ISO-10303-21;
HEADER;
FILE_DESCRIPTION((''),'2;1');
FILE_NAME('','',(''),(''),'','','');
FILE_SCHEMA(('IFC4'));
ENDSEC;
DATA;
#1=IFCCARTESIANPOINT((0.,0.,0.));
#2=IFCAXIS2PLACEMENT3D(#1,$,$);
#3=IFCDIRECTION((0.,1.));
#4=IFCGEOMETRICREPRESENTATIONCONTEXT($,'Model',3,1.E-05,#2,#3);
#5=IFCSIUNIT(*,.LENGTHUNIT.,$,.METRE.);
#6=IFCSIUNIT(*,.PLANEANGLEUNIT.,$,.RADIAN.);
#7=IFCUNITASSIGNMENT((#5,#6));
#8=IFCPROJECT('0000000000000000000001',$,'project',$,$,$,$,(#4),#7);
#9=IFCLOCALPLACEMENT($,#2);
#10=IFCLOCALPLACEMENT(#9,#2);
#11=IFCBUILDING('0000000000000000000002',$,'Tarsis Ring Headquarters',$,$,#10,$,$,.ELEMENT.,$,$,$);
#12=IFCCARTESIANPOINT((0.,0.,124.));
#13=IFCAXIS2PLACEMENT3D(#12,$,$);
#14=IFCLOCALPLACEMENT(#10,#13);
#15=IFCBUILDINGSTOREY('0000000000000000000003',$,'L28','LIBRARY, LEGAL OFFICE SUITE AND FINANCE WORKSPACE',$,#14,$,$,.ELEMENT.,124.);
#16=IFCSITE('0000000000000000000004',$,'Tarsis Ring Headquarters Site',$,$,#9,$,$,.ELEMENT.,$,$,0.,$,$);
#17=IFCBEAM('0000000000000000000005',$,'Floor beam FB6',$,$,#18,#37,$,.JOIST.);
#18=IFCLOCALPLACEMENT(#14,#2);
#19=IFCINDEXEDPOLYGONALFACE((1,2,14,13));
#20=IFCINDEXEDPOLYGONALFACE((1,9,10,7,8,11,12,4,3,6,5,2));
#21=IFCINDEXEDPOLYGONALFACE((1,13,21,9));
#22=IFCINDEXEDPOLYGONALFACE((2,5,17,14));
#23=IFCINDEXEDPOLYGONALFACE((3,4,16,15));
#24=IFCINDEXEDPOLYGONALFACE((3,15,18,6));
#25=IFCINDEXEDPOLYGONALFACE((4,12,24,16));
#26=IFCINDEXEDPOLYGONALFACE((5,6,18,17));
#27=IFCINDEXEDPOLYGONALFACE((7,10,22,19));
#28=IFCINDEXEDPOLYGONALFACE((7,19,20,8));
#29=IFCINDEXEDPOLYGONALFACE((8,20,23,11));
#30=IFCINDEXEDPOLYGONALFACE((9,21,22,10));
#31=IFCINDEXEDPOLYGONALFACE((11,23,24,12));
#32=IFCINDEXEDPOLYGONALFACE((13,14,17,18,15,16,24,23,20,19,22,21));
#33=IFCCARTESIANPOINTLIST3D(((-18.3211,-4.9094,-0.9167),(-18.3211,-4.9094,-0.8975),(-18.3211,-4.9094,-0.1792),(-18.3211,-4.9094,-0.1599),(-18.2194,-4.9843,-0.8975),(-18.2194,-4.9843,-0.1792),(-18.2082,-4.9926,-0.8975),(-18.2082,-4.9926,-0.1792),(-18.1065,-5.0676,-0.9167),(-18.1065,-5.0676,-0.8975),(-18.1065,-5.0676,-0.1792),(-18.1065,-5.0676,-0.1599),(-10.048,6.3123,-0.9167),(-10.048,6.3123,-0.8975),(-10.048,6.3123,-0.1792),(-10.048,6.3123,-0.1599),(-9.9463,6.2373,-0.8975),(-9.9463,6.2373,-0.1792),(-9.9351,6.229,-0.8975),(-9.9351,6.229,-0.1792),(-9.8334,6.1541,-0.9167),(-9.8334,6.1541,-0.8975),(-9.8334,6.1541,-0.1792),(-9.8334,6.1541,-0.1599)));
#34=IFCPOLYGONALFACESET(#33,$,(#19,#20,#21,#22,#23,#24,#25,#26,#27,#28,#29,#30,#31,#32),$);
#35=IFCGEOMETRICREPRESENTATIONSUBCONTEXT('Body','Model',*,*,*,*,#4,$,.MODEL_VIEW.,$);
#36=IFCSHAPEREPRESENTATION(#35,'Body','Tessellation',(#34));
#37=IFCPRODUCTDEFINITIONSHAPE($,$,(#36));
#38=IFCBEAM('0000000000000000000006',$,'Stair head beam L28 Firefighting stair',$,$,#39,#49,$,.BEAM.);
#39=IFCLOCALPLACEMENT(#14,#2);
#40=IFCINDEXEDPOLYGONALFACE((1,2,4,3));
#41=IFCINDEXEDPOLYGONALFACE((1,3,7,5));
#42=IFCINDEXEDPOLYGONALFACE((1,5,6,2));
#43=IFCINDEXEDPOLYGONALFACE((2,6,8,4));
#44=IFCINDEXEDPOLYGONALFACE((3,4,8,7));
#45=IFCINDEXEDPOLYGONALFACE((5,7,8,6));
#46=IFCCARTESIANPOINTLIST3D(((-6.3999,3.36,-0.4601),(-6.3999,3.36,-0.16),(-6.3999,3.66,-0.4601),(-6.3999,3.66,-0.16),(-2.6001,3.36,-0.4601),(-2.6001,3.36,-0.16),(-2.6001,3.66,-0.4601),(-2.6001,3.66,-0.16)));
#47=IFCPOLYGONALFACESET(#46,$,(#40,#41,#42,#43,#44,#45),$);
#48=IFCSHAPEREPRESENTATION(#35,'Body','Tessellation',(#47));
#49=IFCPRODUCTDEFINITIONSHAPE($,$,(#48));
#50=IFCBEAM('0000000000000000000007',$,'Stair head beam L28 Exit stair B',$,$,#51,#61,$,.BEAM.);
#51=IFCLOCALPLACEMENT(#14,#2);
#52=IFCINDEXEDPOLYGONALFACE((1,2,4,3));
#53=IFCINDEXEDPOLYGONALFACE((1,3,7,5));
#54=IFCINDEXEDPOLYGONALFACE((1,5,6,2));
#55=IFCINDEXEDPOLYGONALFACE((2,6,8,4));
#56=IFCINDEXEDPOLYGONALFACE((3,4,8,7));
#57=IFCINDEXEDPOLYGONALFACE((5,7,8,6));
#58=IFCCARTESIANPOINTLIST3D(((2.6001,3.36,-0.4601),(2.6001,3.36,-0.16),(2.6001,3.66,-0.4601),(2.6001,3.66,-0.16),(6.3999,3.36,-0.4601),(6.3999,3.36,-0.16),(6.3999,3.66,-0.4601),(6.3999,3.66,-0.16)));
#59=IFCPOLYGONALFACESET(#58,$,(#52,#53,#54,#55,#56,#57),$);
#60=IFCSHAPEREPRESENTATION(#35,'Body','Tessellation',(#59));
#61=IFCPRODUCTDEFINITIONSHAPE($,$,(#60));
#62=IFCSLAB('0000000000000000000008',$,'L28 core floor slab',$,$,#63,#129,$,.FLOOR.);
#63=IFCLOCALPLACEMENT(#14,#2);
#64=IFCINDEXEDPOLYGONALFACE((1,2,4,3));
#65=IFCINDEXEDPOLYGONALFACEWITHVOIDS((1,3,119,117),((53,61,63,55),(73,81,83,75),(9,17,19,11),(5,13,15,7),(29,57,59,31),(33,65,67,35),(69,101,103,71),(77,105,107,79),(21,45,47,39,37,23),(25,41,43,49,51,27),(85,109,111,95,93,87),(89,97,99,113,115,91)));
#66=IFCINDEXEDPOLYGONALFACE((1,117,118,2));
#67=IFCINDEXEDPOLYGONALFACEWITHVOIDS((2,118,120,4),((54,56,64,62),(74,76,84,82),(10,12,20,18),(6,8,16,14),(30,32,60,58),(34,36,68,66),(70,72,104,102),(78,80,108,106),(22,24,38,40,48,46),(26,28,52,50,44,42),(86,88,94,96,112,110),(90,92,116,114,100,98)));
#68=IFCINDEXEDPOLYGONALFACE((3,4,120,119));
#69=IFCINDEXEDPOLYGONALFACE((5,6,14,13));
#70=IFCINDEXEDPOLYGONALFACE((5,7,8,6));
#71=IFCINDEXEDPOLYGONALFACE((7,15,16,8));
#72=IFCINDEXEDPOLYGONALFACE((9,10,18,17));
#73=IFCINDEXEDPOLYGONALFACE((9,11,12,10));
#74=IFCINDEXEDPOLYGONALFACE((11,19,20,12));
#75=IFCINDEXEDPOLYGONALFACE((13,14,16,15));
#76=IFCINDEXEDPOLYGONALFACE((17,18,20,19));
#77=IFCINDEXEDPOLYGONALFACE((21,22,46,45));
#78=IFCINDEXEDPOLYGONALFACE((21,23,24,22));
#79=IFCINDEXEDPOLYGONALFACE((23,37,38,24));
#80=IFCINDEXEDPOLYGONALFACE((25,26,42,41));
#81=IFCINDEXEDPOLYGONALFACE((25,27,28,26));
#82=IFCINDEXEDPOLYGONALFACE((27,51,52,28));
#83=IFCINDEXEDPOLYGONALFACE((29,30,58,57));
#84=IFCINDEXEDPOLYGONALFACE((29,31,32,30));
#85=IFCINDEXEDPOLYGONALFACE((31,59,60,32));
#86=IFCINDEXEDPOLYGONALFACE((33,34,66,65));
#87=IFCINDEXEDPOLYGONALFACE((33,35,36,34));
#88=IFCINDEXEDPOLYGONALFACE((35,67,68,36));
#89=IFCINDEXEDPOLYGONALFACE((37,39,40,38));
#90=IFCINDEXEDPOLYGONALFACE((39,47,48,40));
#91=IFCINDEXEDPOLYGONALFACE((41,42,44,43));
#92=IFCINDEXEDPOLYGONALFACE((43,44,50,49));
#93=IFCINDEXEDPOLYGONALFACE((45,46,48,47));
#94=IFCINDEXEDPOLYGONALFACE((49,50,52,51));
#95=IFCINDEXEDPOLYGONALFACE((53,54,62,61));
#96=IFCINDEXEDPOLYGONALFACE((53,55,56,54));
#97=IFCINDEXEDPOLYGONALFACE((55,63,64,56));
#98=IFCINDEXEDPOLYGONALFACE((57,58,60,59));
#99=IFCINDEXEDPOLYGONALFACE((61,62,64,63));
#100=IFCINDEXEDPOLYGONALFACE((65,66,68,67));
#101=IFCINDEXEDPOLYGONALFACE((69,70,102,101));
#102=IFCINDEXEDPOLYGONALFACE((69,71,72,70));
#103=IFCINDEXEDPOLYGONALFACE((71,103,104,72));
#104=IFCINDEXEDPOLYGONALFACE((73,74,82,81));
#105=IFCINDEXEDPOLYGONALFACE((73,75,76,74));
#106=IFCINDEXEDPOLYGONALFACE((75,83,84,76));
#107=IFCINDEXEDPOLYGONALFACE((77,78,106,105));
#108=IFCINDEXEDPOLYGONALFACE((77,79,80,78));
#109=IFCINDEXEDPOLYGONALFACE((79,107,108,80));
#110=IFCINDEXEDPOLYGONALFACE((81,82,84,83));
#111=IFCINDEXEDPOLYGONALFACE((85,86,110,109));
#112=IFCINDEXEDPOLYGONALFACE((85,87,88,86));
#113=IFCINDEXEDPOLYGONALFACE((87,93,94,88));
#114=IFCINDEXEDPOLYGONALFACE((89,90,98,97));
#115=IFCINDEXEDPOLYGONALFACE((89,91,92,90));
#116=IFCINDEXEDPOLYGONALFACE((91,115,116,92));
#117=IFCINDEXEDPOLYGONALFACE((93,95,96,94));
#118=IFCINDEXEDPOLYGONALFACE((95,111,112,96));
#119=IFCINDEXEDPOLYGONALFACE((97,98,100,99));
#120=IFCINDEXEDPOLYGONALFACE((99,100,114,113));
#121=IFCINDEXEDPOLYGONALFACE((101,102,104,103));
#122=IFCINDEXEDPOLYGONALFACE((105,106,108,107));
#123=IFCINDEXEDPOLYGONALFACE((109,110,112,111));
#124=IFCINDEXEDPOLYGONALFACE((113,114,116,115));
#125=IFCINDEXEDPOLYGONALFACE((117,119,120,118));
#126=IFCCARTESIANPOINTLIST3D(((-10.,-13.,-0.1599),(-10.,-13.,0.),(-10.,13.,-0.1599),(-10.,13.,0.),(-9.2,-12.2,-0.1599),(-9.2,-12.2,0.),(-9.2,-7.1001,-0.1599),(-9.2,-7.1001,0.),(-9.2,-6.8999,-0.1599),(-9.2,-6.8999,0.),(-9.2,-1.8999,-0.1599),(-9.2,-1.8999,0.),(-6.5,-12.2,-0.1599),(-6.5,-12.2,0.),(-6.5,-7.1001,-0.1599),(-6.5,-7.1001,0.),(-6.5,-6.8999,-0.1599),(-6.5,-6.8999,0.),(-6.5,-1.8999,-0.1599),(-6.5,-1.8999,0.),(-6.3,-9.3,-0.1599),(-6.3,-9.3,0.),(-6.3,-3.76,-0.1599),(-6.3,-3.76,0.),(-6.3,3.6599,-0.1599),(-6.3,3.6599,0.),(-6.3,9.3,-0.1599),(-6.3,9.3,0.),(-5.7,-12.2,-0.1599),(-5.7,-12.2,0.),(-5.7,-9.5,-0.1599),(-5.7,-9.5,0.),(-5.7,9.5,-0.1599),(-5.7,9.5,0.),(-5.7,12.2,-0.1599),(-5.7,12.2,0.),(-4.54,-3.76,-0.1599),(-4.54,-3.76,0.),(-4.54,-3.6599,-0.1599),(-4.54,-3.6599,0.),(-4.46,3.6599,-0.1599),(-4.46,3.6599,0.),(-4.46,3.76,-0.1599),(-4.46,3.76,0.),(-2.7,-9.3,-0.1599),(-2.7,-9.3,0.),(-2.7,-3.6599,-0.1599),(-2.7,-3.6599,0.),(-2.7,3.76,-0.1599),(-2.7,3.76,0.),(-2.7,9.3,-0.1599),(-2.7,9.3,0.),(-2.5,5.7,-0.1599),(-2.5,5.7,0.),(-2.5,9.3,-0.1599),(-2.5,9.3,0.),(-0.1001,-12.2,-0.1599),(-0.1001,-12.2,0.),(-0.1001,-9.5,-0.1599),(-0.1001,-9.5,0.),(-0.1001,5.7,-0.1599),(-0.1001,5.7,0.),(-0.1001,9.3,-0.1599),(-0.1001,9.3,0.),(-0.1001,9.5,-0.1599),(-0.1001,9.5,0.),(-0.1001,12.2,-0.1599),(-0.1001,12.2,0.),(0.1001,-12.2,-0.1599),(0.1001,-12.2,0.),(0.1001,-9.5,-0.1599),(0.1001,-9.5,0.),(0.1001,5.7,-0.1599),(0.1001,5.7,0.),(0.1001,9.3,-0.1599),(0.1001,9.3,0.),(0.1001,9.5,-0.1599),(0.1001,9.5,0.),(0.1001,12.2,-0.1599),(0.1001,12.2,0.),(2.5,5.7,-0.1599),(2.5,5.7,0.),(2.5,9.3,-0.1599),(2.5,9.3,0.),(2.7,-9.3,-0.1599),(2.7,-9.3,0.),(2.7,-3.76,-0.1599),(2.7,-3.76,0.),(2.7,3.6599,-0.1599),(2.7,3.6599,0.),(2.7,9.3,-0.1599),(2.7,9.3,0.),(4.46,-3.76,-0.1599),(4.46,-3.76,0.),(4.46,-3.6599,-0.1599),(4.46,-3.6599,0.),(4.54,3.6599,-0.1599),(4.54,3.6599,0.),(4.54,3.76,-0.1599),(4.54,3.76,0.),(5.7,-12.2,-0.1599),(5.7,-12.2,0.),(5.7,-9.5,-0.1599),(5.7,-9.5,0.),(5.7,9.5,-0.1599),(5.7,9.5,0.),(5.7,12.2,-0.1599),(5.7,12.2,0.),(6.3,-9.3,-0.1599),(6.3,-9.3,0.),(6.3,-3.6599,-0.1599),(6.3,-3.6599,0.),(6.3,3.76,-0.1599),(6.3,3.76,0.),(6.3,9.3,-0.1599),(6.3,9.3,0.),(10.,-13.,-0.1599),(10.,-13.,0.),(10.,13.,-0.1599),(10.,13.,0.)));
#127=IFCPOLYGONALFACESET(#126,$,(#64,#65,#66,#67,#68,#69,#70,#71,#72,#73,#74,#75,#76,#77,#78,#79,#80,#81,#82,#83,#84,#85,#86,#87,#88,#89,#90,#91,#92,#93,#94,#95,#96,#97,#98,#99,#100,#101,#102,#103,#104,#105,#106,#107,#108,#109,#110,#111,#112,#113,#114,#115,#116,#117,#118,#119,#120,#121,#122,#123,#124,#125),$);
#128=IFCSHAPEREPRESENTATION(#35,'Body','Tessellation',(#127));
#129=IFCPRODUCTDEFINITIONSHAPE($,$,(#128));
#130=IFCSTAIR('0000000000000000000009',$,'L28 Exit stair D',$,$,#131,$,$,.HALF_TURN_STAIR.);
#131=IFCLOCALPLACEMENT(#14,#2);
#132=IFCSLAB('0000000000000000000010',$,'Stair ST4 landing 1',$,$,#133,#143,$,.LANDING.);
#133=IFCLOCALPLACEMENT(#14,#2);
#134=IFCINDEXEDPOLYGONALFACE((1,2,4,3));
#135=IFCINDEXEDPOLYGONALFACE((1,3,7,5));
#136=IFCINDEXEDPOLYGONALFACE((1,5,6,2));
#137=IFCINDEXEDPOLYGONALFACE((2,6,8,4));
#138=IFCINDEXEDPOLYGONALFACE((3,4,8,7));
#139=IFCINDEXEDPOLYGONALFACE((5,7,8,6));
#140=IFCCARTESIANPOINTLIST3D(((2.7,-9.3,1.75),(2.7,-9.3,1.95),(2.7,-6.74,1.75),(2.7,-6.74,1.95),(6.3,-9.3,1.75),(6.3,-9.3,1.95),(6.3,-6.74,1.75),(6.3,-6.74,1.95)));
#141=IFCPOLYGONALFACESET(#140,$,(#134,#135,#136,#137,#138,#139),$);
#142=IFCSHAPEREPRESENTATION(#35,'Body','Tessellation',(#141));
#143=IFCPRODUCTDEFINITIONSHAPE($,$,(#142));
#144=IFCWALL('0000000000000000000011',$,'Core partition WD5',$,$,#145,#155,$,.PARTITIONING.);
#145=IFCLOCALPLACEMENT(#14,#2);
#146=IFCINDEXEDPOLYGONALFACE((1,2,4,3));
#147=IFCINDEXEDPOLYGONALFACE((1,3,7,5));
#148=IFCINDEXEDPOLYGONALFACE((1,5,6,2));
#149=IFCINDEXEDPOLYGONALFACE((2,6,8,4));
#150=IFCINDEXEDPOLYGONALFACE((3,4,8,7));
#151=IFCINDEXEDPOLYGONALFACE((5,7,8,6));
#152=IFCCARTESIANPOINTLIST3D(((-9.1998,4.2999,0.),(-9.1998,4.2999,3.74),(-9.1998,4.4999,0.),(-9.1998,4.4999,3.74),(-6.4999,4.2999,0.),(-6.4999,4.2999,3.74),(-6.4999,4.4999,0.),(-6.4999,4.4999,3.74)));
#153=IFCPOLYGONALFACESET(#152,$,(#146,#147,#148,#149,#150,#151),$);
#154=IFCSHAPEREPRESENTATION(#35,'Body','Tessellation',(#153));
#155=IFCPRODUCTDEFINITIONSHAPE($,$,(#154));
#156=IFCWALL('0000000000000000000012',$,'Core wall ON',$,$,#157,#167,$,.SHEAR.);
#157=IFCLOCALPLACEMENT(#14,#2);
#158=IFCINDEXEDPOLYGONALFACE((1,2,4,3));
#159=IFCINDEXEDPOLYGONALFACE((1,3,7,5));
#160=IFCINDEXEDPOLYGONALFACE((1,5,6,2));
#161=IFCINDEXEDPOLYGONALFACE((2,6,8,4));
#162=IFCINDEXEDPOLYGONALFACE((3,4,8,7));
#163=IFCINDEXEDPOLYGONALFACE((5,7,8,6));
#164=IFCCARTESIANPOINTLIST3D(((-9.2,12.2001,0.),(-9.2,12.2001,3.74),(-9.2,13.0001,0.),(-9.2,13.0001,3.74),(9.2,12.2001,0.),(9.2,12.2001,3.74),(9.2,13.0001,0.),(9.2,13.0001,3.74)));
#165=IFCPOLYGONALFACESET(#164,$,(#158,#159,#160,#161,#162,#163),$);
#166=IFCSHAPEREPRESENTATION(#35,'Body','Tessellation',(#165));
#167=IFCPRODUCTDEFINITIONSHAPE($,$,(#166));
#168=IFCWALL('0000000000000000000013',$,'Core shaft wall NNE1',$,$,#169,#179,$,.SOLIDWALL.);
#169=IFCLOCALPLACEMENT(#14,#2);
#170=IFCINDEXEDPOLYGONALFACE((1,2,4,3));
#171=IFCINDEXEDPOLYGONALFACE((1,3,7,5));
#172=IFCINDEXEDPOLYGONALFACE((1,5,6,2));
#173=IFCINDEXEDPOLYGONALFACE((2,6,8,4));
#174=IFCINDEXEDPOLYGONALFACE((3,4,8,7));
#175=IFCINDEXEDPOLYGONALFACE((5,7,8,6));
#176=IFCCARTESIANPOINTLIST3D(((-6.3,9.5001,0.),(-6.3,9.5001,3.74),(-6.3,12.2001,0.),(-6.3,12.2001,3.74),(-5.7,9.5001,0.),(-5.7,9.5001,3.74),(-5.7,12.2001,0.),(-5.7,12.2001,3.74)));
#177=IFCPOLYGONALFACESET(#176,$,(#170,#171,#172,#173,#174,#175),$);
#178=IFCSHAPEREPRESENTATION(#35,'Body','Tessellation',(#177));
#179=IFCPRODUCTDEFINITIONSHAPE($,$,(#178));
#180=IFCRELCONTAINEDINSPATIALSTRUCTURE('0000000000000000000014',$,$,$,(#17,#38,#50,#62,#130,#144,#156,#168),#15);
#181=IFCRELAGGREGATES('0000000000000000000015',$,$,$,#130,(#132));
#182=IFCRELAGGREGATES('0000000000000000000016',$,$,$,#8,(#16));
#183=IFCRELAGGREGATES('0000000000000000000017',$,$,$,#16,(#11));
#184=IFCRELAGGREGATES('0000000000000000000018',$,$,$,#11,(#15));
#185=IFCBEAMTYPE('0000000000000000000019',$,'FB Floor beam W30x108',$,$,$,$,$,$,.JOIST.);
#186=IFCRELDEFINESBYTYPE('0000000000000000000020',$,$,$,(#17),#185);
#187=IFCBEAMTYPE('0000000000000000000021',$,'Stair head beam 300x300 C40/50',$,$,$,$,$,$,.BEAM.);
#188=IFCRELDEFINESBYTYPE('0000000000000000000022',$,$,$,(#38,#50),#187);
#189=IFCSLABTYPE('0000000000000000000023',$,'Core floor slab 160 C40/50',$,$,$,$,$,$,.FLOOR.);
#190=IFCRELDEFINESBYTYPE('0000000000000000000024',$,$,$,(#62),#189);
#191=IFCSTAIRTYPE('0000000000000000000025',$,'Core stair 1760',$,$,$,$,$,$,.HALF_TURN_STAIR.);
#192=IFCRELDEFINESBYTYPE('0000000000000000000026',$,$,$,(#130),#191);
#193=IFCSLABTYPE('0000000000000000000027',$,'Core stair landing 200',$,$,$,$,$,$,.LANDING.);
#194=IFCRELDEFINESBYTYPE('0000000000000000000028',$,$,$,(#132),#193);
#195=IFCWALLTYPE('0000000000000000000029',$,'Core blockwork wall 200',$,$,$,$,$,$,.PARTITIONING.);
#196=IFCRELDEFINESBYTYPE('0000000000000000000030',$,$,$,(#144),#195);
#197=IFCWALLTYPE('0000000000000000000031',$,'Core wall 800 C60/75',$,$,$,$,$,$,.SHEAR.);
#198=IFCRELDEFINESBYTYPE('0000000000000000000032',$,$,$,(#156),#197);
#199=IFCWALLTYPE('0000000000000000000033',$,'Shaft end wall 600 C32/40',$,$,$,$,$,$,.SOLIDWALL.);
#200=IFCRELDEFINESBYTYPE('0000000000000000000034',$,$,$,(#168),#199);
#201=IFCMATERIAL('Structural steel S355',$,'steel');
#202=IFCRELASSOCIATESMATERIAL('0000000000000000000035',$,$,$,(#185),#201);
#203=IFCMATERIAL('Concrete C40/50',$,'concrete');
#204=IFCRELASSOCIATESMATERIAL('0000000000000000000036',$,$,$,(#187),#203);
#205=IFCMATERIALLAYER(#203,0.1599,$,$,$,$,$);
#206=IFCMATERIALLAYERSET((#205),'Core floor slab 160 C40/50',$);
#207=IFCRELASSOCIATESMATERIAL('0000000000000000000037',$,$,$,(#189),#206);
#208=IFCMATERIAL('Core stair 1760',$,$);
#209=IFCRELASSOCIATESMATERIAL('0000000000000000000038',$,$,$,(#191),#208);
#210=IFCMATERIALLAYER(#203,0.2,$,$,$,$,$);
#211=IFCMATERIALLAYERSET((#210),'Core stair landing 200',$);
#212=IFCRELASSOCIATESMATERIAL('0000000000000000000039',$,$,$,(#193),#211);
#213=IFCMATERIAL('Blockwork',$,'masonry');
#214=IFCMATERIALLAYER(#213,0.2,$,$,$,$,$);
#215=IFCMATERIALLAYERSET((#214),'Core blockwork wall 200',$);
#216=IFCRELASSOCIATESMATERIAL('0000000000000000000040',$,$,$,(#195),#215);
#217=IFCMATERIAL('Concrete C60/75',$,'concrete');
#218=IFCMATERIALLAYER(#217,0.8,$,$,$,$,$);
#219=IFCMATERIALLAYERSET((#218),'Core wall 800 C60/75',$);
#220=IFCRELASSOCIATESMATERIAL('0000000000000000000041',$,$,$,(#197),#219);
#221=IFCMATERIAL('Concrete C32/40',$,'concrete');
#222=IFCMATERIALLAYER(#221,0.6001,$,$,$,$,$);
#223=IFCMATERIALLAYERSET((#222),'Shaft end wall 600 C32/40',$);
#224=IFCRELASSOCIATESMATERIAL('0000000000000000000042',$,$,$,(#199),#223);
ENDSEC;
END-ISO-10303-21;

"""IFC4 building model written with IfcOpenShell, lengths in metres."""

from ifc_helpers import new_model, si_unit, direction, frame, frame_2d, origin, origin_2d, place, context, subcontext, project, spatial, polyline, rectangle, i_section, outline, extrude, material, layer, layer_set, material_profile, profile_set, type_object, element, aggregate, save


model = new_model("IFC4")

# Units and contexts
model_context = context("Model", 3, precision=1e-05, world=origin(), true_north=direction((0.0, 1.0)))
body_context = subcontext(model_context, "Body", "Model", "MODEL_VIEW")
ifc_project = project(units=[si_unit("LENGTHUNIT", "METRE"), si_unit("PLANEANGLEUNIT", "RADIAN")], contexts=[model_context])

# Site, building, storey
site_placement = place(None, origin())
site = spatial("IfcSite", under=ifc_project, at=site_placement, Name="Tarsis Ring Headquarters Site", CompositionType="ELEMENT", RefElevation=0.0)
building_placement = place(site_placement, origin())
building = spatial("IfcBuilding", under=site, at=building_placement, Name="Tarsis Ring Headquarters", CompositionType="ELEMENT")
storey_placement = place(building_placement, frame((0.0, 0.0, 124.0)))
storey = spatial("IfcBuildingStorey", under=building, at=storey_placement, Name="L28", Description="LIBRARY, LEGAL OFFICE SUITE AND FINANCE WORKSPACE", CompositionType="ELEMENT", Elevation=124.0)

# Beams
ifc_material_1 = material(Name="Structural steel S355", Category="steel")
ifc_material_profile_1 = material_profile(ifc_material_1, i_section(OverallWidth=0.2666, OverallDepth=0.7568, WebThickness=0.0139, FlangeThickness=0.0193, at=origin_2d()), Name="W30x108")
ifc_profile_set_1 = profile_set([ifc_material_profile_1], Name="Structural steel S355")
beam_type_1 = type_object("IfcBeamType", Name="FB Floor beam W30x108", PredefinedType="JOIST", material=ifc_profile_set_1)
beam_placement = place(storey_placement, frame((-9.9407, 6.2332, -0.5383), z_axis=(-0.593412, -0.804899, 0.0), x_axis=(0.804899, -0.593412, 0.0)))
element("IfcBeam", 1, at=beam_placement, inside=storey, type_object=beam_type_1, Name="Floor beam FB6", PredefinedType="JOIST", context=body_context, shape_type="SweptSolid", body=[
    extrude(i_section(OverallWidth=0.2666, OverallDepth=0.7568, WebThickness=0.0139, FlangeThickness=0.0193, at=origin_2d()), origin(), (0.0, 0.0, 1.0), 13.9417),
])
ifc_material_2 = material(Name="Concrete C40/50", Category="concrete")
ifc_material_profile_2 = material_profile(ifc_material_2, rectangle(XDim=0.3, YDim=0.3, at=origin_2d()), Name="Stair head beam 300x300 C40/50")
ifc_profile_set_2 = profile_set([ifc_material_profile_2], Name="Concrete C40/50")
beam_type_2 = type_object("IfcBeamType", Name="Stair head beam 300x300 C40/50", PredefinedType="BEAM", material=ifc_profile_set_2)
for number, where, z_axis, x_axis, name in (
    (2, (-6.3999, 3.51, -0.3101), (1.0, 0.0, 0.0), (0.0, 1.0, 0.0), "Stair head beam L28 Firefighting stair"),
    (3, (2.6001, 3.51, -0.3101), (1.0, 0.0, 0.0), (0.0, 1.0, 0.0), "Stair head beam L28 Exit stair B"),
):
    element("IfcBeam", number, at=place(storey_placement, frame(where, z_axis=z_axis, x_axis=x_axis)), inside=storey, type_object=beam_type_2, Name=name, PredefinedType="BEAM", context=body_context, shape_type="SweptSolid", body=[
        extrude(rectangle(XDim=0.3, YDim=0.3, at=origin_2d()), origin(), (0.0, 0.0, 1.0), 3.7998),
    ])

# Slab
ifc_layer_1 = layer(ifc_material_2, 0.1599)
ifc_layer_set_1 = layer_set([ifc_layer_1], Name="Core floor slab 160 C40/50")
slab_type_1 = type_object("IfcSlabType", Name="Core floor slab 160 C40/50", PredefinedType="FLOOR", material=ifc_layer_set_1)
slab_1_placement = place(storey_placement, frame((0.0, 0.0, -0.1599)))
element("IfcSlab", 4, at=slab_1_placement, inside=storey, type_object=slab_type_1, Name="L28 core floor slab", PredefinedType="FLOOR", context=body_context, shape_type="SweptSolid", body=[
    extrude(outline(polyline([(-10.0, -13.0), (10.0, -13.0), (10.0, 13.0), (-10.0, 13.0), (-10.0, -13.0)]), holes=[polyline([(-2.5, 5.7), (-0.1001, 5.7), (-0.1001, 9.3), (-2.5, 9.3), (-2.5, 5.7)]), polyline([(0.1001, 5.7), (2.5, 5.7), (2.5, 9.3), (0.1001, 9.3), (0.1001, 5.7)]), polyline([(-9.2, -12.2), (-6.5, -12.2), (-6.5, -7.1001), (-9.2, -7.1001), (-9.2, -12.2)]), polyline([(-9.2, -6.8999), (-6.5, -6.8999), (-6.5, -1.8999), (-9.2, -1.8999), (-9.2, -6.8999)]), polyline([(-5.7, 9.5), (-0.1001, 9.5), (-0.1001, 12.2), (-5.7, 12.2), (-5.7, 9.5)]), polyline([(0.1001, 9.5), (5.7, 9.5), (5.7, 12.2), (0.1001, 12.2), (0.1001, 9.5)]), polyline([(-5.7, -12.2), (-0.1001, -12.2), (-0.1001, -9.5), (-5.7, -9.5), (-5.7, -12.2)]), polyline([(0.1001, -12.2), (5.7, -12.2), (5.7, -9.5), (0.1001, -9.5), (0.1001, -12.2)]), polyline([(-2.7, 3.76), (-2.7, 9.3), (-6.3, 9.3), (-6.3, 3.6599), (-4.46, 3.6599), (-4.46, 3.76), (-2.7, 3.76)]), polyline([(6.3, 3.76), (6.3, 9.3), (2.7, 9.3), (2.7, 3.6599), (4.54, 3.6599), (4.54, 3.76), (6.3, 3.76)]), polyline([(-6.3, -3.76), (-6.3, -9.3), (-2.7, -9.3), (-2.7, -3.6599), (-4.54, -3.6599), (-4.54, -3.76), (-6.3, -3.76)]), polyline([(2.7, -3.76), (2.7, -9.3), (6.3, -9.3), (6.3, -3.6599), (4.46, -3.6599), (4.46, -3.76), (2.7, -3.76)])]), origin(), (0.0, 0.0, 1.0), 0.1599),
])

# Stair, slab
ifc_material_3 = material(Name="Core stair 1760")
stair_type = type_object("IfcStairType", Name="Core stair 1760", PredefinedType="HALF_TURN_STAIR", material=ifc_material_3)
stair_placement = place(storey_placement, origin())
stair = element("IfcStair", 5, at=stair_placement, inside=storey, type_object=stair_type, Name="L28 Exit stair D", PredefinedType="HALF_TURN_STAIR")
ifc_layer_2 = layer(ifc_material_2, 0.2)
ifc_layer_set_2 = layer_set([ifc_layer_2], Name="Core stair landing 200")
slab_type_2 = type_object("IfcSlabType", Name="Core stair landing 200", PredefinedType="LANDING", material=ifc_layer_set_2)
slab_2_placement = place(storey_placement, frame((0.0, 0.0, 1.75)))
slab_2 = element("IfcSlab", 6, at=slab_2_placement, type_object=slab_type_2, Name="Stair ST4 landing 1", PredefinedType="LANDING", context=body_context, shape_type="SweptSolid", body=[
    extrude(outline(polyline([(2.7, -6.74), (2.7, -9.3), (6.3, -9.3), (6.3, -6.74), (2.7, -6.74)])), origin(), (0.0, 0.0, 1.0), 0.2),
])
aggregate(stair, [slab_2])

# Walls
ifc_material_4 = material(Name="Blockwork", Category="masonry")
ifc_layer_3 = layer(ifc_material_4, 0.2)
ifc_layer_set_3 = layer_set([ifc_layer_3], Name="Core blockwork wall 200")
wall_type_1 = type_object("IfcWallType", Name="Core blockwork wall 200", PredefinedType="PARTITIONING", material=ifc_layer_set_3)
wall_1_placement = place(storey_placement, frame((-9.2, 4.3999, 0.0), z_axis=(0.0, 0.0, 1.0), x_axis=(1.0, 0.0, 0.0)))
element("IfcWall", 7, at=wall_1_placement, inside=storey, type_object=wall_type_1, Name="Core partition WD5", PredefinedType="PARTITIONING", context=body_context, shape_type="SweptSolid", body=[
    extrude(rectangle(XDim=2.7, YDim=0.2, at=frame_2d((1.3501, 0.0))), origin(), (0.0, 0.0, 1.0), 3.74),
])
ifc_material_5 = material(Name="Concrete C60/75", Category="concrete")
ifc_layer_4 = layer(ifc_material_5, 0.8)
ifc_layer_set_4 = layer_set([ifc_layer_4], Name="Core wall 800 C60/75")
wall_type_2 = type_object("IfcWallType", Name="Core wall 800 C60/75", PredefinedType="SHEAR", material=ifc_layer_set_4)
wall_2_placement = place(storey_placement, frame((-9.2, 12.6001, 0.0), z_axis=(0.0, 0.0, 1.0), x_axis=(1.0, 0.0, 0.0)))
element("IfcWall", 8, at=wall_2_placement, inside=storey, type_object=wall_type_2, Name="Core wall ON", PredefinedType="SHEAR", context=body_context, shape_type="SweptSolid", body=[
    extrude(rectangle(XDim=18.3999, YDim=0.8, at=frame_2d((9.2, 0.0))), origin(), (0.0, 0.0, 1.0), 3.74),
])
ifc_material_6 = material(Name="Concrete C32/40", Category="concrete")
ifc_layer_5 = layer(ifc_material_6, 0.6001)
ifc_layer_set_5 = layer_set([ifc_layer_5], Name="Shaft end wall 600 C32/40")
wall_type_3 = type_object("IfcWallType", Name="Shaft end wall 600 C32/40", PredefinedType="SOLIDWALL", material=ifc_layer_set_5)
wall_3_placement = place(storey_placement, frame((-6.0, 9.5, 0.0), z_axis=(0.0, 0.0, 1.0), x_axis=(0.0, 1.0, 0.0)))
element("IfcWall", 9, at=wall_3_placement, inside=storey, type_object=wall_type_3, Name="Core shaft wall NNE1", PredefinedType="SOLIDWALL", context=body_context, shape_type="SweptSolid", body=[
    extrude(rectangle(XDim=2.7, YDim=0.6001, at=frame_2d((1.3501, 0.0))), origin(), (0.0, 0.0, 1.0), 3.74),
])

save(model, "model.ifc")
